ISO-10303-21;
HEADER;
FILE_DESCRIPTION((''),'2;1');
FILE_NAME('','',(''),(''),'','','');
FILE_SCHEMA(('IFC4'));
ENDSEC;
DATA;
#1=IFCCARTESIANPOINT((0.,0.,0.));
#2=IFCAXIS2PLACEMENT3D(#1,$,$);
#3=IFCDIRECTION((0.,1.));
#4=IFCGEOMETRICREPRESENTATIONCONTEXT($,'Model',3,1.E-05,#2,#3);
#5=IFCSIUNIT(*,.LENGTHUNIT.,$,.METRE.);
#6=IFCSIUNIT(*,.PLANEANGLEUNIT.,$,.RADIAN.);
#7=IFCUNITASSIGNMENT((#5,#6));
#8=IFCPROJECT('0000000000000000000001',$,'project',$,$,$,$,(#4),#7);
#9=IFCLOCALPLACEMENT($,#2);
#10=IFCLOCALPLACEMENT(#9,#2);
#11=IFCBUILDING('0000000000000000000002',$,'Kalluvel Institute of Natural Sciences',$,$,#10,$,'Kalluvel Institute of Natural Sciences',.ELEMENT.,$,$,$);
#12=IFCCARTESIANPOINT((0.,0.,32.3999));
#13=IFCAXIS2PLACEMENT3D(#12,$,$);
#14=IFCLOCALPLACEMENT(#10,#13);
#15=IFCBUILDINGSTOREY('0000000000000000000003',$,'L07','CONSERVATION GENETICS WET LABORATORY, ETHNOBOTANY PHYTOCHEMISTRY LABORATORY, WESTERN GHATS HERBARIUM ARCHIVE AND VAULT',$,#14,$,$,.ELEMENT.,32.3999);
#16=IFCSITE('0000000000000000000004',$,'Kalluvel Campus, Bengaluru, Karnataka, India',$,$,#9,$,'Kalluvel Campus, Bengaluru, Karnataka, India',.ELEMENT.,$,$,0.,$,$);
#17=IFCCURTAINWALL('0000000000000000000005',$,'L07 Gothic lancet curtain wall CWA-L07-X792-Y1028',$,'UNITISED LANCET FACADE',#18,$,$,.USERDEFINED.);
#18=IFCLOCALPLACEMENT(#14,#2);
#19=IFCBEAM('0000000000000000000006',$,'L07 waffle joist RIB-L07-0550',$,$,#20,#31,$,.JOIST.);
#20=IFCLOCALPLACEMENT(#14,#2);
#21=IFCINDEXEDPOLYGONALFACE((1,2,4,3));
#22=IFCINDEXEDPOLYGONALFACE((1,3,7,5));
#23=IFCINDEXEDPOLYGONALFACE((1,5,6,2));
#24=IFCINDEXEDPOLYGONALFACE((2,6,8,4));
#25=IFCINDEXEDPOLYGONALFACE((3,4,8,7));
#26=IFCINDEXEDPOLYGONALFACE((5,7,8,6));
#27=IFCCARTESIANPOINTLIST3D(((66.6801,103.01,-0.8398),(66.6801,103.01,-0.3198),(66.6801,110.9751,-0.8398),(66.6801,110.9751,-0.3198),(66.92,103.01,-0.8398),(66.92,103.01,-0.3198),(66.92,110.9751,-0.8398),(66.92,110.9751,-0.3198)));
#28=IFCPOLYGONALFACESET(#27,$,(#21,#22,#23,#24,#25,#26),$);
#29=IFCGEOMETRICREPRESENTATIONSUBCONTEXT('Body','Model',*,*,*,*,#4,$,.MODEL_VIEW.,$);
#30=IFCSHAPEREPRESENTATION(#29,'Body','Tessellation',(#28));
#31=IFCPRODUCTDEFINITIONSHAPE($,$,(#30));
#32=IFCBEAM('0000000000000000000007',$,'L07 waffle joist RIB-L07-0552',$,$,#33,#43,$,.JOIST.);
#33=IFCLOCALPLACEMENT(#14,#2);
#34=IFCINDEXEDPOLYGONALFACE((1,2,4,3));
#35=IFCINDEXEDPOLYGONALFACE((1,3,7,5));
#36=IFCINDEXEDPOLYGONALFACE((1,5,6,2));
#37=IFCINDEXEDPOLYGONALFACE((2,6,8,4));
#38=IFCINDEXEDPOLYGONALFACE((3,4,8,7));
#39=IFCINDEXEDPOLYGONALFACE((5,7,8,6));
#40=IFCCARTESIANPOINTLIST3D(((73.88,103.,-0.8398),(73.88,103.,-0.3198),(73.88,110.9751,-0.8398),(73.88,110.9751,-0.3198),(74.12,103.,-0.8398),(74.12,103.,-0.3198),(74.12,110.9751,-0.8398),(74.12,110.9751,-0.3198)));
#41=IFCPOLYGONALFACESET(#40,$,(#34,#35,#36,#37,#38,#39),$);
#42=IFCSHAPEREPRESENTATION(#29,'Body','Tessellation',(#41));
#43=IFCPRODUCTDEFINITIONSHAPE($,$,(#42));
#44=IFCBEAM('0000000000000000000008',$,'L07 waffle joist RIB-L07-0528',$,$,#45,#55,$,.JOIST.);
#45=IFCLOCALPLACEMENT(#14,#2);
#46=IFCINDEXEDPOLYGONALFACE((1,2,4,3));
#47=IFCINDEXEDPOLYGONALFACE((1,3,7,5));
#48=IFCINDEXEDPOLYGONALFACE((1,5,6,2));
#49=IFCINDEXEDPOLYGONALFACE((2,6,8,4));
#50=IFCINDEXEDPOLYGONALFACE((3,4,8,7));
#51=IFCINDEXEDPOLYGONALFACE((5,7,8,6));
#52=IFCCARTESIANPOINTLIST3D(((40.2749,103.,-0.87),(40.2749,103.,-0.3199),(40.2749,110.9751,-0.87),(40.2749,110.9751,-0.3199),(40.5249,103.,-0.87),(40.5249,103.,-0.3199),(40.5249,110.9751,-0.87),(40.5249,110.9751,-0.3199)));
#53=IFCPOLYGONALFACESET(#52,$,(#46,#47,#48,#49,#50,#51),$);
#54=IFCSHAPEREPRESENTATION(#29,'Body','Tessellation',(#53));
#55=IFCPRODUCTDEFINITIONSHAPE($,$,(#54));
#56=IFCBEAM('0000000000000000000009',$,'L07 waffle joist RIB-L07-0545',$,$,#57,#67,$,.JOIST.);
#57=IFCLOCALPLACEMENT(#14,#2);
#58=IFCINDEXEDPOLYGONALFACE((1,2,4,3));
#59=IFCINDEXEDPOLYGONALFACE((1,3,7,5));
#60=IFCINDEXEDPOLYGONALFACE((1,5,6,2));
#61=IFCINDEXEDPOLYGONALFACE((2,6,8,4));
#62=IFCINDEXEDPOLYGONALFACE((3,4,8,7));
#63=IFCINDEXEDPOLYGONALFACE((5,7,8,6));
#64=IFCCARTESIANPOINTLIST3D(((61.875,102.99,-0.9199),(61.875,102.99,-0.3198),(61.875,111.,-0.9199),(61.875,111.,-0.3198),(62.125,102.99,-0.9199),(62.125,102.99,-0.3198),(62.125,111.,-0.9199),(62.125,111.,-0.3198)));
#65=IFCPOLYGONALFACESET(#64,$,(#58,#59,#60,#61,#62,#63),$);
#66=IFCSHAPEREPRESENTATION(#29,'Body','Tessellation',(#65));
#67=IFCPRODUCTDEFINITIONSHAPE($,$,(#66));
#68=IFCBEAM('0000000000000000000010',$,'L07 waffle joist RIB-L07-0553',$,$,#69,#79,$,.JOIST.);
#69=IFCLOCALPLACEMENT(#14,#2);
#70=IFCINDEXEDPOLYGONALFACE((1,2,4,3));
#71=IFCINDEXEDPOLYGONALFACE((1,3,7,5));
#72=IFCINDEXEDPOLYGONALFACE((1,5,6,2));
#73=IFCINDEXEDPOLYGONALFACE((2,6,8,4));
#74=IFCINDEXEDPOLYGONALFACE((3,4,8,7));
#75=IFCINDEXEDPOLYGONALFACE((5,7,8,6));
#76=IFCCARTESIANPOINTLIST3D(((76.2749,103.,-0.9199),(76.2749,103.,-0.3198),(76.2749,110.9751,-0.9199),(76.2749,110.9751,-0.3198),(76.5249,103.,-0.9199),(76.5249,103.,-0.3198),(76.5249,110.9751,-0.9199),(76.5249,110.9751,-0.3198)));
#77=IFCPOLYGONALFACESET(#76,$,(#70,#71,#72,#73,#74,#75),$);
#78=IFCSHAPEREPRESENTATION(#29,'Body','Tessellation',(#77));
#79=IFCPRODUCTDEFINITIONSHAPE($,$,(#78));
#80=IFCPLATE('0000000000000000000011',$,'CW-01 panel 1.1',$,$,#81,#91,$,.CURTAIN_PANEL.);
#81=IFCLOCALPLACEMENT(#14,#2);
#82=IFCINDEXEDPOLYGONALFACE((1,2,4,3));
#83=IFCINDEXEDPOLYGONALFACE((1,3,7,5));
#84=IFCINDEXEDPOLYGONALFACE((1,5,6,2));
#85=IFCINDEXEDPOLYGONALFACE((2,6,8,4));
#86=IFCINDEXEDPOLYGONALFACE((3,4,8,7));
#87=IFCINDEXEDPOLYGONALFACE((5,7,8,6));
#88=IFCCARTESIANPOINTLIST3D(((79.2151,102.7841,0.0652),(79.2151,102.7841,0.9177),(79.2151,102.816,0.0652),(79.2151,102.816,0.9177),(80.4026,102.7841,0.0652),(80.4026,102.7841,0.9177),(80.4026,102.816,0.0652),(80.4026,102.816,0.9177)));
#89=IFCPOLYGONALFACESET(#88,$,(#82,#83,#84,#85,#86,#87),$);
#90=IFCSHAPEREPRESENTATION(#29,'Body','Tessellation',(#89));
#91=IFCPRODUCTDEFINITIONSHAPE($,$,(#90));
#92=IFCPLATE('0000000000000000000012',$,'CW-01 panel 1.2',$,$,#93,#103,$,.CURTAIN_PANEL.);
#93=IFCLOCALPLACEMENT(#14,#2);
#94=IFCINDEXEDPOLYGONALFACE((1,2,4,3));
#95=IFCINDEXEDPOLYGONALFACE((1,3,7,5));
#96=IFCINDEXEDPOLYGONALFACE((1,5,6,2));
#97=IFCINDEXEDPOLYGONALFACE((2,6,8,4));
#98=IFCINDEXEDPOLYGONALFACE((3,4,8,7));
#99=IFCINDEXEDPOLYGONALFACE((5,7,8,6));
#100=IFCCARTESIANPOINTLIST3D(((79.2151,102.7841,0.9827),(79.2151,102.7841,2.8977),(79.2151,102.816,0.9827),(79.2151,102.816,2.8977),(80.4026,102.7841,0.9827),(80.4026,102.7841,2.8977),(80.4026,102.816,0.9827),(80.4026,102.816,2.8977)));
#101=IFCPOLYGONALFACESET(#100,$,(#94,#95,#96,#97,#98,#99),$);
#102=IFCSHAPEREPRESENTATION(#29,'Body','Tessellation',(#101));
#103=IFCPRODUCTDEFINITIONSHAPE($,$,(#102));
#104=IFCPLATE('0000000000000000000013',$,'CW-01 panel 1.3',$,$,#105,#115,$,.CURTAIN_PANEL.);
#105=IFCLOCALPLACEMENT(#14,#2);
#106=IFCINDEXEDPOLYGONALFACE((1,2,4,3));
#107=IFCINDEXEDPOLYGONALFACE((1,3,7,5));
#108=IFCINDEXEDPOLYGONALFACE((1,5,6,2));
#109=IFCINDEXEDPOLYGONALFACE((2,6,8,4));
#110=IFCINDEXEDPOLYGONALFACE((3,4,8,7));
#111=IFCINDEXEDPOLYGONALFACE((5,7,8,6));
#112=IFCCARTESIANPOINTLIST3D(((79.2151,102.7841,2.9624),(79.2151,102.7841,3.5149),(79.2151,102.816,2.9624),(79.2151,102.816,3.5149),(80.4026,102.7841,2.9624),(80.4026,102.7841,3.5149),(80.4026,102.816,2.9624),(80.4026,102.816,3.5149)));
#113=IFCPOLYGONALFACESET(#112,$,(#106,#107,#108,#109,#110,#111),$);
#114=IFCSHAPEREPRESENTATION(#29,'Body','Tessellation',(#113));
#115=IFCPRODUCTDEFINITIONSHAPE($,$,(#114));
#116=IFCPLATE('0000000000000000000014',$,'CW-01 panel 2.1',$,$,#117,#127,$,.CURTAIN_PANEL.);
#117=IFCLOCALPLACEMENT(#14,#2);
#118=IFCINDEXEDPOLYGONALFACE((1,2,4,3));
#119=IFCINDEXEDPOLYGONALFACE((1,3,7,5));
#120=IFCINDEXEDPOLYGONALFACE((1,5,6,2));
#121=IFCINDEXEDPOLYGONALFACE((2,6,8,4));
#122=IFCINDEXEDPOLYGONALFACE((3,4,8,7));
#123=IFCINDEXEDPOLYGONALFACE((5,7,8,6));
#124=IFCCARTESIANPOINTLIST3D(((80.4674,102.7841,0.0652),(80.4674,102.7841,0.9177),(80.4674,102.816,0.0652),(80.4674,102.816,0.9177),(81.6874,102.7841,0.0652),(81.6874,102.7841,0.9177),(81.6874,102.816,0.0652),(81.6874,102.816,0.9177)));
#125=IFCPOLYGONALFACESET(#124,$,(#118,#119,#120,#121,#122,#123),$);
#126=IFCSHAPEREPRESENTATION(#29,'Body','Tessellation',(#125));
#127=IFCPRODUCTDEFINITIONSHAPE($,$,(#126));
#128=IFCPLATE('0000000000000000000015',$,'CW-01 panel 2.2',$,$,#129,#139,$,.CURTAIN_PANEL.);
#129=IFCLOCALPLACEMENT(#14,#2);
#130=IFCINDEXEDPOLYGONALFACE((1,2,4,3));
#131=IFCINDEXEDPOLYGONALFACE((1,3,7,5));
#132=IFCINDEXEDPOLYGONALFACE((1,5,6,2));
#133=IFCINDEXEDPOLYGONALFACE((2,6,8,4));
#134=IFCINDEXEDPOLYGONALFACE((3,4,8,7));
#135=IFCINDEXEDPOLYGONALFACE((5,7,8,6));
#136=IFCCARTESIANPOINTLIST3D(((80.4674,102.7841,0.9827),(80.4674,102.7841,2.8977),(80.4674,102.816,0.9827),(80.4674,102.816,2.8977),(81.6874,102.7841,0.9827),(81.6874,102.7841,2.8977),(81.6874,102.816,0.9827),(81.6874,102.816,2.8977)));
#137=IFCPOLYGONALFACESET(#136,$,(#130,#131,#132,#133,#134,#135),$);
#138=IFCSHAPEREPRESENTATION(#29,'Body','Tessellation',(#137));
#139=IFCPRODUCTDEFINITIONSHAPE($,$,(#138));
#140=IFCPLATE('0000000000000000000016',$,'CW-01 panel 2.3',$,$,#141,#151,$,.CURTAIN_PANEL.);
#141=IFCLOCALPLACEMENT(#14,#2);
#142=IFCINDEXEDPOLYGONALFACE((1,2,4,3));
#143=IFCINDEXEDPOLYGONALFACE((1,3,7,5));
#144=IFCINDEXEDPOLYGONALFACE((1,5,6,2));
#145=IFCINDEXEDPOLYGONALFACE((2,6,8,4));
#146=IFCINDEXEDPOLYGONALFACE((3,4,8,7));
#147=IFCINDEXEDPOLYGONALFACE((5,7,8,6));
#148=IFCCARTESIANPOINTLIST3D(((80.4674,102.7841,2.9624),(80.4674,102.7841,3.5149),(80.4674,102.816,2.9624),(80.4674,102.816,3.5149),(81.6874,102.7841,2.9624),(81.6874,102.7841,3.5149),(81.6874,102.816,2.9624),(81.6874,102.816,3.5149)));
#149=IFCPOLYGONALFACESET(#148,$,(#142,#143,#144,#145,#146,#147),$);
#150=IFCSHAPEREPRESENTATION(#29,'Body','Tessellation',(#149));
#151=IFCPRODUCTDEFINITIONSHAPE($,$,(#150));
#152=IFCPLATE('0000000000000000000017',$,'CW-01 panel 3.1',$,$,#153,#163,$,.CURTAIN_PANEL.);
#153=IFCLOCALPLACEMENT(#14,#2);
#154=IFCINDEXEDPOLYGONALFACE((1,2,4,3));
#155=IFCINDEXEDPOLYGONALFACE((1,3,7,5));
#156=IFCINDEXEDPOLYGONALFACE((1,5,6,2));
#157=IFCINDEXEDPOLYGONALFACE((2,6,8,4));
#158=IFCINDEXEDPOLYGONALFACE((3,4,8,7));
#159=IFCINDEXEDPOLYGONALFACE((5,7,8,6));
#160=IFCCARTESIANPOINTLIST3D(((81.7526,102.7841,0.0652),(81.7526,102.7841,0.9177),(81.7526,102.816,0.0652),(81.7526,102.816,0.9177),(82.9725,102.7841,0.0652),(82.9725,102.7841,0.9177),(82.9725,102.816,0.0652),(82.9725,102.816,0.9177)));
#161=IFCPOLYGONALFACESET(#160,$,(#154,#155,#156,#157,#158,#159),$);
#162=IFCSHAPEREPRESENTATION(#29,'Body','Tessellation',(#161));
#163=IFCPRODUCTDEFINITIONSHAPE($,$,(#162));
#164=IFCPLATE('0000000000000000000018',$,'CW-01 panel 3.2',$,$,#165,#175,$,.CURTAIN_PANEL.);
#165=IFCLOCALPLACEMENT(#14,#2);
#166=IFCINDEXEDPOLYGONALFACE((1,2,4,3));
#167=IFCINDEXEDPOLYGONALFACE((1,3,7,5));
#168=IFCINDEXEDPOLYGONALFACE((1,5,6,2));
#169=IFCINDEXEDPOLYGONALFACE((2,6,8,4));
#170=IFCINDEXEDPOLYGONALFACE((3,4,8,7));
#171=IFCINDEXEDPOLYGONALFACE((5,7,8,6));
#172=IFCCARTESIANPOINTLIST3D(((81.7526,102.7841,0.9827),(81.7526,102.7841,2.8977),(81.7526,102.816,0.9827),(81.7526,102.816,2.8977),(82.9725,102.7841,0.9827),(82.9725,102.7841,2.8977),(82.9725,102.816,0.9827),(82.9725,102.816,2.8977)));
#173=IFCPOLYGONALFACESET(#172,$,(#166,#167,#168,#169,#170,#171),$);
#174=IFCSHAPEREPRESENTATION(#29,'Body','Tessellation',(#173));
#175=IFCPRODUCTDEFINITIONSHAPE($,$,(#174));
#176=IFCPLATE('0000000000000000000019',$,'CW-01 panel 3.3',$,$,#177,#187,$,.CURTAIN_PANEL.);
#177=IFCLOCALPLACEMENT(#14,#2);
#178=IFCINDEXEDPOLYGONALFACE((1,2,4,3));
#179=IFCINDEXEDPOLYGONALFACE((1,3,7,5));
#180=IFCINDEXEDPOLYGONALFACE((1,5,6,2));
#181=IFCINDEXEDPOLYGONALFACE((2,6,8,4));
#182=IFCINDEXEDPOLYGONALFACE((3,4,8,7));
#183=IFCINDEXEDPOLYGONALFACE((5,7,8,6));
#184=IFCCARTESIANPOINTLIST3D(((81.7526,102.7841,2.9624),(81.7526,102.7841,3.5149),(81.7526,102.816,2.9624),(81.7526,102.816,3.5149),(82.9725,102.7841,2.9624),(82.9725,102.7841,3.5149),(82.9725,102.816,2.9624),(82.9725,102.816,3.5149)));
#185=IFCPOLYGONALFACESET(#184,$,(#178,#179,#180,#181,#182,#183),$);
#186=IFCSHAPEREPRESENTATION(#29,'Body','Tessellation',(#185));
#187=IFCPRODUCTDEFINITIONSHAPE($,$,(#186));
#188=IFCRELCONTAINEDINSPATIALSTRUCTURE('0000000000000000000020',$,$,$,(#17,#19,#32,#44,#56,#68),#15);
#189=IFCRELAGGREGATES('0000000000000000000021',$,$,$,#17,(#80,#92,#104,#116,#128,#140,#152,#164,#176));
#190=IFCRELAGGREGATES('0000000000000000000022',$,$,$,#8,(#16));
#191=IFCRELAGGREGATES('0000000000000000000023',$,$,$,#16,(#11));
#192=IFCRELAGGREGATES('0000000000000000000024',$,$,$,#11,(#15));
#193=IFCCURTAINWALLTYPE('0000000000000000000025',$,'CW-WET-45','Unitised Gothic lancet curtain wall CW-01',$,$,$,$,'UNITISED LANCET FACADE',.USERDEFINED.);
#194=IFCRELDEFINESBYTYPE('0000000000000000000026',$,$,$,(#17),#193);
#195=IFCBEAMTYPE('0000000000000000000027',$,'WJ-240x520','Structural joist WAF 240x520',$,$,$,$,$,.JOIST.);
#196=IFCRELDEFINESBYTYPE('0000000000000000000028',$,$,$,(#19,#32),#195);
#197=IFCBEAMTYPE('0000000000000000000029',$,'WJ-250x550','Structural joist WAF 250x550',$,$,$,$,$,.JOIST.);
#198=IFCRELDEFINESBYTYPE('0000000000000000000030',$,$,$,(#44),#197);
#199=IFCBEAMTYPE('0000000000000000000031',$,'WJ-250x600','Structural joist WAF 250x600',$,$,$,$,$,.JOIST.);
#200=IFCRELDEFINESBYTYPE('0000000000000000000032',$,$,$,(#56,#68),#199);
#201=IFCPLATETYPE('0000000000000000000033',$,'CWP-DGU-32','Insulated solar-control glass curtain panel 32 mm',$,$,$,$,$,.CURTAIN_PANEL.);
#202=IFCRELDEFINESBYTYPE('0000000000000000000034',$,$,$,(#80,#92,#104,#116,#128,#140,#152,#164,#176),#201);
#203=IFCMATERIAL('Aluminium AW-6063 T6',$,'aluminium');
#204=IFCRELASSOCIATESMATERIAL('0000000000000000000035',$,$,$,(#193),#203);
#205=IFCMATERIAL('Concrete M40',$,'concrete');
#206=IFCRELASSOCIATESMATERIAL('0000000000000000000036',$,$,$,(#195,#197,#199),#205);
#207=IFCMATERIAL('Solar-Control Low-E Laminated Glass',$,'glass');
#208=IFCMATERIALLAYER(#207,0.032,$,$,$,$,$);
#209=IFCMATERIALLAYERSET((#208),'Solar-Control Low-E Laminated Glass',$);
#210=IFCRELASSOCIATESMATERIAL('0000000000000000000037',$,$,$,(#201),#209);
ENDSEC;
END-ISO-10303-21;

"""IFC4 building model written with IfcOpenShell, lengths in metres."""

from ifc_helpers import new_model, si_unit, direction, frame, origin, origin_2d, place, context, subcontext, project, spatial, rectangle, extrude, material, layer, layer_set, material_profile, profile_set, type_object, element, aggregate, save


model = new_model("IFC4")

# Units and contexts
model_context = context("Model", 3, precision=1e-05, world=origin(), true_north=direction((0.0, 1.0)))
body_context = subcontext(model_context, "Body", "Model", "MODEL_VIEW")
ifc_project = project(units=[si_unit("LENGTHUNIT", "METRE"), si_unit("PLANEANGLEUNIT", "RADIAN")], contexts=[model_context])

# Site, building, storey
site_placement = place(None, origin())
site = spatial("IfcSite", under=ifc_project, at=site_placement, Name="Kalluvel Campus, Bengaluru, Karnataka, India", LongName="Kalluvel Campus, Bengaluru, Karnataka, India", CompositionType="ELEMENT", RefElevation=0.0)
building_placement = place(site_placement, origin())
building = spatial("IfcBuilding", under=site, at=building_placement, Name="Kalluvel Institute of Natural Sciences", LongName="Kalluvel Institute of Natural Sciences", CompositionType="ELEMENT")
storey_placement = place(building_placement, frame((0.0, 0.0, 32.3999)))
storey = spatial("IfcBuildingStorey", under=building, at=storey_placement, Name="L07", Description="CONSERVATION GENETICS WET LABORATORY, ETHNOBOTANY PHYTOCHEMISTRY LABORATORY, WESTERN GHATS HERBARIUM ARCHIVE AND VAULT", CompositionType="ELEMENT", Elevation=32.3999)

# Curtain wall
ifc_material_1 = material(Name="Aluminium AW-6063 T6", Category="aluminium")
curtain_wall_type = type_object("IfcCurtainWallType", Name="CW-WET-45", Description="Unitised Gothic lancet curtain wall CW-01", ElementType="UNITISED LANCET FACADE", PredefinedType="USERDEFINED", material=ifc_material_1)
curtain_wall_placement = place(storey_placement, origin())
curtain_wall = element("IfcCurtainWall", 1, at=curtain_wall_placement, inside=storey, type_object=curtain_wall_type, Name="L07 Gothic lancet curtain wall CWA-L07-X792-Y1028", ObjectType="UNITISED LANCET FACADE", PredefinedType="USERDEFINED")

# Beams
ifc_material_2 = material(Name="Concrete M40", Category="concrete")
ifc_material_profile_1 = material_profile(ifc_material_2, rectangle(XDim=0.24, YDim=0.52, at=origin_2d()), Name="WAF 240x520")
ifc_profile_set_1 = profile_set([ifc_material_profile_1], Name="Concrete M40")
beam_type_1 = type_object("IfcBeamType", Name="WJ-240x520", Description="Structural joist WAF 240x520", PredefinedType="JOIST", material=ifc_profile_set_1)
beam_1_placement = place(storey_placement, frame((66.8, 103.01, -0.5798), z_axis=(0.0, 1.0, 0.0), x_axis=(-1.0, 0.0, 0.0)))
element("IfcBeam", 2, at=beam_1_placement, inside=storey, type_object=beam_type_1, Name="L07 waffle joist RIB-L07-0550", PredefinedType="JOIST", context=body_context, shape_type="SweptSolid", body=[
    extrude(rectangle(XDim=0.24, YDim=0.52, at=origin_2d()), origin(), (0.0, 0.0, 1.0), 7.9651),
])
beam_2_placement = place(storey_placement, frame((74.0, 103.0, -0.5798), z_axis=(0.0, 1.0, 0.0), x_axis=(-1.0, 0.0, 0.0)))
element("IfcBeam", 3, at=beam_2_placement, inside=storey, type_object=beam_type_1, Name="L07 waffle joist RIB-L07-0552", PredefinedType="JOIST", context=body_context, shape_type="SweptSolid", body=[
    extrude(rectangle(XDim=0.24, YDim=0.52, at=origin_2d()), origin(), (0.0, 0.0, 1.0), 7.9751),
])
ifc_material_profile_2 = material_profile(ifc_material_2, rectangle(XDim=0.25, YDim=0.55, at=origin_2d()), Name="WAF 250x550")
ifc_profile_set_2 = profile_set([ifc_material_profile_2], Name="Concrete M40")
beam_type_2 = type_object("IfcBeamType", Name="WJ-250x550", Description="Structural joist WAF 250x550", PredefinedType="JOIST", material=ifc_profile_set_2)
beam_3_placement = place(storey_placement, frame((40.3999, 103.0, -0.595), z_axis=(0.0, 1.0, 0.0), x_axis=(-1.0, 0.0, 0.0)))
element("IfcBeam", 4, at=beam_3_placement, inside=storey, type_object=beam_type_2, Name="L07 waffle joist RIB-L07-0528", PredefinedType="JOIST", context=body_context, shape_type="SweptSolid", body=[
    extrude(rectangle(XDim=0.25, YDim=0.55, at=origin_2d()), origin(), (0.0, 0.0, 1.0), 7.9751),
])
ifc_material_profile_3 = material_profile(ifc_material_2, rectangle(XDim=0.25, YDim=0.6001, at=origin_2d()), Name="WAF 250x600")
ifc_profile_set_3 = profile_set([ifc_material_profile_3], Name="Concrete M40")
beam_type_3 = type_object("IfcBeamType", Name="WJ-250x600", Description="Structural joist WAF 250x600", PredefinedType="JOIST", material=ifc_profile_set_3)
beam_4_placement = place(storey_placement, frame((62.0, 102.99, -0.6199), z_axis=(0.0, 1.0, 0.0), x_axis=(-1.0, 0.0, 0.0)))
element("IfcBeam", 5, at=beam_4_placement, inside=storey, type_object=beam_type_3, Name="L07 waffle joist RIB-L07-0545", PredefinedType="JOIST", context=body_context, shape_type="SweptSolid", body=[
    extrude(rectangle(XDim=0.25, YDim=0.6001, at=origin_2d()), origin(), (0.0, 0.0, 1.0), 8.01),
])
beam_5_placement = place(storey_placement, frame((76.3999, 103.0, -0.6199), z_axis=(0.0, 1.0, 0.0), x_axis=(-1.0, 0.0, 0.0)))
element("IfcBeam", 6, at=beam_5_placement, inside=storey, type_object=beam_type_3, Name="L07 waffle joist RIB-L07-0553", PredefinedType="JOIST", context=body_context, shape_type="SweptSolid", body=[
    extrude(rectangle(XDim=0.25, YDim=0.6001, at=origin_2d()), origin(), (0.0, 0.0, 1.0), 7.9751),
])

# Plates
ifc_material_3 = material(Name="Solar-Control Low-E Laminated Glass", Category="glass")
ifc_layer_1 = layer(ifc_material_3, 0.032)
ifc_layer_set_1 = layer_set([ifc_layer_1], Name="Solar-Control Low-E Laminated Glass")
plate_type = type_object("IfcPlateType", Name="CWP-DGU-32", Description="Insulated solar-control glass curtain panel 32 mm", PredefinedType="CURTAIN_PANEL", material=ifc_layer_set_1)
plate_1_placement = place(storey_placement, frame((79.8088, 102.8, 0.0652), z_axis=(0.0, 0.0, 1.0), x_axis=(1.0, 0.0, 0.0)))
plate_1 = element("IfcPlate", 7, at=plate_1_placement, type_object=plate_type, Name="CW-01 panel 1.1", PredefinedType="CURTAIN_PANEL", context=body_context, shape_type="SweptSolid", body=[
    extrude(rectangle(XDim=1.1875, YDim=0.032, at=origin_2d()), origin(), (0.0, 0.0, 1.0), 0.8525),
])
plate_2_placement = place(storey_placement, frame((79.8088, 102.8, 0.9827), z_axis=(0.0, 0.0, 1.0), x_axis=(1.0, 0.0, 0.0)))
plate_2 = element("IfcPlate", 8, at=plate_2_placement, type_object=plate_type, Name="CW-01 panel 1.2", PredefinedType="CURTAIN_PANEL", context=body_context, shape_type="SweptSolid", body=[
    extrude(rectangle(XDim=1.1875, YDim=0.032, at=origin_2d()), origin(), (0.0, 0.0, 1.0), 1.915),
])
plate_3_placement = place(storey_placement, frame((79.8088, 102.8, 2.9624), z_axis=(0.0, 0.0, 1.0), x_axis=(1.0, 0.0, 0.0)))
plate_3 = element("IfcPlate", 9, at=plate_3_placement, type_object=plate_type, Name="CW-01 panel 1.3", PredefinedType="CURTAIN_PANEL", context=body_context, shape_type="SweptSolid", body=[
    extrude(rectangle(XDim=1.1875, YDim=0.032, at=origin_2d()), origin(), (0.0, 0.0, 1.0), 0.5525),
])
plate_4_placement = place(storey_placement, frame((81.0774, 102.8, 0.0652), z_axis=(0.0, 0.0, 1.0), x_axis=(1.0, 0.0, 0.0)))
plate_4 = element("IfcPlate", 10, at=plate_4_placement, type_object=plate_type, Name="CW-01 panel 2.1", PredefinedType="CURTAIN_PANEL", context=body_context, shape_type="SweptSolid", body=[
    extrude(rectangle(XDim=1.22, YDim=0.032, at=origin_2d()), origin(), (0.0, 0.0, 1.0), 0.8525),
])
plate_5_placement = place(storey_placement, frame((81.0774, 102.8, 0.9827), z_axis=(0.0, 0.0, 1.0), x_axis=(1.0, 0.0, 0.0)))
plate_5 = element("IfcPlate", 11, at=plate_5_placement, type_object=plate_type, Name="CW-01 panel 2.2", PredefinedType="CURTAIN_PANEL", context=body_context, shape_type="SweptSolid", body=[
    extrude(rectangle(XDim=1.22, YDim=0.032, at=origin_2d()), origin(), (0.0, 0.0, 1.0), 1.915),
])
plate_6_placement = place(storey_placement, frame((81.0774, 102.8, 2.9624), z_axis=(0.0, 0.0, 1.0), x_axis=(1.0, 0.0, 0.0)))
plate_6 = element("IfcPlate", 12, at=plate_6_placement, type_object=plate_type, Name="CW-01 panel 2.3", PredefinedType="CURTAIN_PANEL", context=body_context, shape_type="SweptSolid", body=[
    extrude(rectangle(XDim=1.22, YDim=0.032, at=origin_2d()), origin(), (0.0, 0.0, 1.0), 0.5525),
])
plate_7_placement = place(storey_placement, frame((82.3625, 102.8, 0.0652), z_axis=(0.0, 0.0, 1.0), x_axis=(1.0, 0.0, 0.0)))
plate_7 = element("IfcPlate", 13, at=plate_7_placement, type_object=plate_type, Name="CW-01 panel 3.1", PredefinedType="CURTAIN_PANEL", context=body_context, shape_type="SweptSolid", body=[
    extrude(rectangle(XDim=1.22, YDim=0.032, at=origin_2d()), origin(), (0.0, 0.0, 1.0), 0.8525),
])
plate_8_placement = place(storey_placement, frame((82.3625, 102.8, 0.9827), z_axis=(0.0, 0.0, 1.0), x_axis=(1.0, 0.0, 0.0)))
plate_8 = element("IfcPlate", 14, at=plate_8_placement, type_object=plate_type, Name="CW-01 panel 3.2", PredefinedType="CURTAIN_PANEL", context=body_context, shape_type="SweptSolid", body=[
    extrude(rectangle(XDim=1.22, YDim=0.032, at=origin_2d()), origin(), (0.0, 0.0, 1.0), 1.915),
])
plate_9_placement = place(storey_placement, frame((82.3625, 102.8, 2.9624), z_axis=(0.0, 0.0, 1.0), x_axis=(1.0, 0.0, 0.0)))
plate_9 = element("IfcPlate", 15, at=plate_9_placement, type_object=plate_type, Name="CW-01 panel 3.3", PredefinedType="CURTAIN_PANEL", context=body_context, shape_type="SweptSolid", body=[
    extrude(rectangle(XDim=1.22, YDim=0.032, at=origin_2d()), origin(), (0.0, 0.0, 1.0), 0.5525),
])
aggregate(curtain_wall, [plate_1, plate_2, plate_3, plate_4, plate_5, plate_6, plate_7, plate_8, plate_9])

save(model, "model.ifc")
